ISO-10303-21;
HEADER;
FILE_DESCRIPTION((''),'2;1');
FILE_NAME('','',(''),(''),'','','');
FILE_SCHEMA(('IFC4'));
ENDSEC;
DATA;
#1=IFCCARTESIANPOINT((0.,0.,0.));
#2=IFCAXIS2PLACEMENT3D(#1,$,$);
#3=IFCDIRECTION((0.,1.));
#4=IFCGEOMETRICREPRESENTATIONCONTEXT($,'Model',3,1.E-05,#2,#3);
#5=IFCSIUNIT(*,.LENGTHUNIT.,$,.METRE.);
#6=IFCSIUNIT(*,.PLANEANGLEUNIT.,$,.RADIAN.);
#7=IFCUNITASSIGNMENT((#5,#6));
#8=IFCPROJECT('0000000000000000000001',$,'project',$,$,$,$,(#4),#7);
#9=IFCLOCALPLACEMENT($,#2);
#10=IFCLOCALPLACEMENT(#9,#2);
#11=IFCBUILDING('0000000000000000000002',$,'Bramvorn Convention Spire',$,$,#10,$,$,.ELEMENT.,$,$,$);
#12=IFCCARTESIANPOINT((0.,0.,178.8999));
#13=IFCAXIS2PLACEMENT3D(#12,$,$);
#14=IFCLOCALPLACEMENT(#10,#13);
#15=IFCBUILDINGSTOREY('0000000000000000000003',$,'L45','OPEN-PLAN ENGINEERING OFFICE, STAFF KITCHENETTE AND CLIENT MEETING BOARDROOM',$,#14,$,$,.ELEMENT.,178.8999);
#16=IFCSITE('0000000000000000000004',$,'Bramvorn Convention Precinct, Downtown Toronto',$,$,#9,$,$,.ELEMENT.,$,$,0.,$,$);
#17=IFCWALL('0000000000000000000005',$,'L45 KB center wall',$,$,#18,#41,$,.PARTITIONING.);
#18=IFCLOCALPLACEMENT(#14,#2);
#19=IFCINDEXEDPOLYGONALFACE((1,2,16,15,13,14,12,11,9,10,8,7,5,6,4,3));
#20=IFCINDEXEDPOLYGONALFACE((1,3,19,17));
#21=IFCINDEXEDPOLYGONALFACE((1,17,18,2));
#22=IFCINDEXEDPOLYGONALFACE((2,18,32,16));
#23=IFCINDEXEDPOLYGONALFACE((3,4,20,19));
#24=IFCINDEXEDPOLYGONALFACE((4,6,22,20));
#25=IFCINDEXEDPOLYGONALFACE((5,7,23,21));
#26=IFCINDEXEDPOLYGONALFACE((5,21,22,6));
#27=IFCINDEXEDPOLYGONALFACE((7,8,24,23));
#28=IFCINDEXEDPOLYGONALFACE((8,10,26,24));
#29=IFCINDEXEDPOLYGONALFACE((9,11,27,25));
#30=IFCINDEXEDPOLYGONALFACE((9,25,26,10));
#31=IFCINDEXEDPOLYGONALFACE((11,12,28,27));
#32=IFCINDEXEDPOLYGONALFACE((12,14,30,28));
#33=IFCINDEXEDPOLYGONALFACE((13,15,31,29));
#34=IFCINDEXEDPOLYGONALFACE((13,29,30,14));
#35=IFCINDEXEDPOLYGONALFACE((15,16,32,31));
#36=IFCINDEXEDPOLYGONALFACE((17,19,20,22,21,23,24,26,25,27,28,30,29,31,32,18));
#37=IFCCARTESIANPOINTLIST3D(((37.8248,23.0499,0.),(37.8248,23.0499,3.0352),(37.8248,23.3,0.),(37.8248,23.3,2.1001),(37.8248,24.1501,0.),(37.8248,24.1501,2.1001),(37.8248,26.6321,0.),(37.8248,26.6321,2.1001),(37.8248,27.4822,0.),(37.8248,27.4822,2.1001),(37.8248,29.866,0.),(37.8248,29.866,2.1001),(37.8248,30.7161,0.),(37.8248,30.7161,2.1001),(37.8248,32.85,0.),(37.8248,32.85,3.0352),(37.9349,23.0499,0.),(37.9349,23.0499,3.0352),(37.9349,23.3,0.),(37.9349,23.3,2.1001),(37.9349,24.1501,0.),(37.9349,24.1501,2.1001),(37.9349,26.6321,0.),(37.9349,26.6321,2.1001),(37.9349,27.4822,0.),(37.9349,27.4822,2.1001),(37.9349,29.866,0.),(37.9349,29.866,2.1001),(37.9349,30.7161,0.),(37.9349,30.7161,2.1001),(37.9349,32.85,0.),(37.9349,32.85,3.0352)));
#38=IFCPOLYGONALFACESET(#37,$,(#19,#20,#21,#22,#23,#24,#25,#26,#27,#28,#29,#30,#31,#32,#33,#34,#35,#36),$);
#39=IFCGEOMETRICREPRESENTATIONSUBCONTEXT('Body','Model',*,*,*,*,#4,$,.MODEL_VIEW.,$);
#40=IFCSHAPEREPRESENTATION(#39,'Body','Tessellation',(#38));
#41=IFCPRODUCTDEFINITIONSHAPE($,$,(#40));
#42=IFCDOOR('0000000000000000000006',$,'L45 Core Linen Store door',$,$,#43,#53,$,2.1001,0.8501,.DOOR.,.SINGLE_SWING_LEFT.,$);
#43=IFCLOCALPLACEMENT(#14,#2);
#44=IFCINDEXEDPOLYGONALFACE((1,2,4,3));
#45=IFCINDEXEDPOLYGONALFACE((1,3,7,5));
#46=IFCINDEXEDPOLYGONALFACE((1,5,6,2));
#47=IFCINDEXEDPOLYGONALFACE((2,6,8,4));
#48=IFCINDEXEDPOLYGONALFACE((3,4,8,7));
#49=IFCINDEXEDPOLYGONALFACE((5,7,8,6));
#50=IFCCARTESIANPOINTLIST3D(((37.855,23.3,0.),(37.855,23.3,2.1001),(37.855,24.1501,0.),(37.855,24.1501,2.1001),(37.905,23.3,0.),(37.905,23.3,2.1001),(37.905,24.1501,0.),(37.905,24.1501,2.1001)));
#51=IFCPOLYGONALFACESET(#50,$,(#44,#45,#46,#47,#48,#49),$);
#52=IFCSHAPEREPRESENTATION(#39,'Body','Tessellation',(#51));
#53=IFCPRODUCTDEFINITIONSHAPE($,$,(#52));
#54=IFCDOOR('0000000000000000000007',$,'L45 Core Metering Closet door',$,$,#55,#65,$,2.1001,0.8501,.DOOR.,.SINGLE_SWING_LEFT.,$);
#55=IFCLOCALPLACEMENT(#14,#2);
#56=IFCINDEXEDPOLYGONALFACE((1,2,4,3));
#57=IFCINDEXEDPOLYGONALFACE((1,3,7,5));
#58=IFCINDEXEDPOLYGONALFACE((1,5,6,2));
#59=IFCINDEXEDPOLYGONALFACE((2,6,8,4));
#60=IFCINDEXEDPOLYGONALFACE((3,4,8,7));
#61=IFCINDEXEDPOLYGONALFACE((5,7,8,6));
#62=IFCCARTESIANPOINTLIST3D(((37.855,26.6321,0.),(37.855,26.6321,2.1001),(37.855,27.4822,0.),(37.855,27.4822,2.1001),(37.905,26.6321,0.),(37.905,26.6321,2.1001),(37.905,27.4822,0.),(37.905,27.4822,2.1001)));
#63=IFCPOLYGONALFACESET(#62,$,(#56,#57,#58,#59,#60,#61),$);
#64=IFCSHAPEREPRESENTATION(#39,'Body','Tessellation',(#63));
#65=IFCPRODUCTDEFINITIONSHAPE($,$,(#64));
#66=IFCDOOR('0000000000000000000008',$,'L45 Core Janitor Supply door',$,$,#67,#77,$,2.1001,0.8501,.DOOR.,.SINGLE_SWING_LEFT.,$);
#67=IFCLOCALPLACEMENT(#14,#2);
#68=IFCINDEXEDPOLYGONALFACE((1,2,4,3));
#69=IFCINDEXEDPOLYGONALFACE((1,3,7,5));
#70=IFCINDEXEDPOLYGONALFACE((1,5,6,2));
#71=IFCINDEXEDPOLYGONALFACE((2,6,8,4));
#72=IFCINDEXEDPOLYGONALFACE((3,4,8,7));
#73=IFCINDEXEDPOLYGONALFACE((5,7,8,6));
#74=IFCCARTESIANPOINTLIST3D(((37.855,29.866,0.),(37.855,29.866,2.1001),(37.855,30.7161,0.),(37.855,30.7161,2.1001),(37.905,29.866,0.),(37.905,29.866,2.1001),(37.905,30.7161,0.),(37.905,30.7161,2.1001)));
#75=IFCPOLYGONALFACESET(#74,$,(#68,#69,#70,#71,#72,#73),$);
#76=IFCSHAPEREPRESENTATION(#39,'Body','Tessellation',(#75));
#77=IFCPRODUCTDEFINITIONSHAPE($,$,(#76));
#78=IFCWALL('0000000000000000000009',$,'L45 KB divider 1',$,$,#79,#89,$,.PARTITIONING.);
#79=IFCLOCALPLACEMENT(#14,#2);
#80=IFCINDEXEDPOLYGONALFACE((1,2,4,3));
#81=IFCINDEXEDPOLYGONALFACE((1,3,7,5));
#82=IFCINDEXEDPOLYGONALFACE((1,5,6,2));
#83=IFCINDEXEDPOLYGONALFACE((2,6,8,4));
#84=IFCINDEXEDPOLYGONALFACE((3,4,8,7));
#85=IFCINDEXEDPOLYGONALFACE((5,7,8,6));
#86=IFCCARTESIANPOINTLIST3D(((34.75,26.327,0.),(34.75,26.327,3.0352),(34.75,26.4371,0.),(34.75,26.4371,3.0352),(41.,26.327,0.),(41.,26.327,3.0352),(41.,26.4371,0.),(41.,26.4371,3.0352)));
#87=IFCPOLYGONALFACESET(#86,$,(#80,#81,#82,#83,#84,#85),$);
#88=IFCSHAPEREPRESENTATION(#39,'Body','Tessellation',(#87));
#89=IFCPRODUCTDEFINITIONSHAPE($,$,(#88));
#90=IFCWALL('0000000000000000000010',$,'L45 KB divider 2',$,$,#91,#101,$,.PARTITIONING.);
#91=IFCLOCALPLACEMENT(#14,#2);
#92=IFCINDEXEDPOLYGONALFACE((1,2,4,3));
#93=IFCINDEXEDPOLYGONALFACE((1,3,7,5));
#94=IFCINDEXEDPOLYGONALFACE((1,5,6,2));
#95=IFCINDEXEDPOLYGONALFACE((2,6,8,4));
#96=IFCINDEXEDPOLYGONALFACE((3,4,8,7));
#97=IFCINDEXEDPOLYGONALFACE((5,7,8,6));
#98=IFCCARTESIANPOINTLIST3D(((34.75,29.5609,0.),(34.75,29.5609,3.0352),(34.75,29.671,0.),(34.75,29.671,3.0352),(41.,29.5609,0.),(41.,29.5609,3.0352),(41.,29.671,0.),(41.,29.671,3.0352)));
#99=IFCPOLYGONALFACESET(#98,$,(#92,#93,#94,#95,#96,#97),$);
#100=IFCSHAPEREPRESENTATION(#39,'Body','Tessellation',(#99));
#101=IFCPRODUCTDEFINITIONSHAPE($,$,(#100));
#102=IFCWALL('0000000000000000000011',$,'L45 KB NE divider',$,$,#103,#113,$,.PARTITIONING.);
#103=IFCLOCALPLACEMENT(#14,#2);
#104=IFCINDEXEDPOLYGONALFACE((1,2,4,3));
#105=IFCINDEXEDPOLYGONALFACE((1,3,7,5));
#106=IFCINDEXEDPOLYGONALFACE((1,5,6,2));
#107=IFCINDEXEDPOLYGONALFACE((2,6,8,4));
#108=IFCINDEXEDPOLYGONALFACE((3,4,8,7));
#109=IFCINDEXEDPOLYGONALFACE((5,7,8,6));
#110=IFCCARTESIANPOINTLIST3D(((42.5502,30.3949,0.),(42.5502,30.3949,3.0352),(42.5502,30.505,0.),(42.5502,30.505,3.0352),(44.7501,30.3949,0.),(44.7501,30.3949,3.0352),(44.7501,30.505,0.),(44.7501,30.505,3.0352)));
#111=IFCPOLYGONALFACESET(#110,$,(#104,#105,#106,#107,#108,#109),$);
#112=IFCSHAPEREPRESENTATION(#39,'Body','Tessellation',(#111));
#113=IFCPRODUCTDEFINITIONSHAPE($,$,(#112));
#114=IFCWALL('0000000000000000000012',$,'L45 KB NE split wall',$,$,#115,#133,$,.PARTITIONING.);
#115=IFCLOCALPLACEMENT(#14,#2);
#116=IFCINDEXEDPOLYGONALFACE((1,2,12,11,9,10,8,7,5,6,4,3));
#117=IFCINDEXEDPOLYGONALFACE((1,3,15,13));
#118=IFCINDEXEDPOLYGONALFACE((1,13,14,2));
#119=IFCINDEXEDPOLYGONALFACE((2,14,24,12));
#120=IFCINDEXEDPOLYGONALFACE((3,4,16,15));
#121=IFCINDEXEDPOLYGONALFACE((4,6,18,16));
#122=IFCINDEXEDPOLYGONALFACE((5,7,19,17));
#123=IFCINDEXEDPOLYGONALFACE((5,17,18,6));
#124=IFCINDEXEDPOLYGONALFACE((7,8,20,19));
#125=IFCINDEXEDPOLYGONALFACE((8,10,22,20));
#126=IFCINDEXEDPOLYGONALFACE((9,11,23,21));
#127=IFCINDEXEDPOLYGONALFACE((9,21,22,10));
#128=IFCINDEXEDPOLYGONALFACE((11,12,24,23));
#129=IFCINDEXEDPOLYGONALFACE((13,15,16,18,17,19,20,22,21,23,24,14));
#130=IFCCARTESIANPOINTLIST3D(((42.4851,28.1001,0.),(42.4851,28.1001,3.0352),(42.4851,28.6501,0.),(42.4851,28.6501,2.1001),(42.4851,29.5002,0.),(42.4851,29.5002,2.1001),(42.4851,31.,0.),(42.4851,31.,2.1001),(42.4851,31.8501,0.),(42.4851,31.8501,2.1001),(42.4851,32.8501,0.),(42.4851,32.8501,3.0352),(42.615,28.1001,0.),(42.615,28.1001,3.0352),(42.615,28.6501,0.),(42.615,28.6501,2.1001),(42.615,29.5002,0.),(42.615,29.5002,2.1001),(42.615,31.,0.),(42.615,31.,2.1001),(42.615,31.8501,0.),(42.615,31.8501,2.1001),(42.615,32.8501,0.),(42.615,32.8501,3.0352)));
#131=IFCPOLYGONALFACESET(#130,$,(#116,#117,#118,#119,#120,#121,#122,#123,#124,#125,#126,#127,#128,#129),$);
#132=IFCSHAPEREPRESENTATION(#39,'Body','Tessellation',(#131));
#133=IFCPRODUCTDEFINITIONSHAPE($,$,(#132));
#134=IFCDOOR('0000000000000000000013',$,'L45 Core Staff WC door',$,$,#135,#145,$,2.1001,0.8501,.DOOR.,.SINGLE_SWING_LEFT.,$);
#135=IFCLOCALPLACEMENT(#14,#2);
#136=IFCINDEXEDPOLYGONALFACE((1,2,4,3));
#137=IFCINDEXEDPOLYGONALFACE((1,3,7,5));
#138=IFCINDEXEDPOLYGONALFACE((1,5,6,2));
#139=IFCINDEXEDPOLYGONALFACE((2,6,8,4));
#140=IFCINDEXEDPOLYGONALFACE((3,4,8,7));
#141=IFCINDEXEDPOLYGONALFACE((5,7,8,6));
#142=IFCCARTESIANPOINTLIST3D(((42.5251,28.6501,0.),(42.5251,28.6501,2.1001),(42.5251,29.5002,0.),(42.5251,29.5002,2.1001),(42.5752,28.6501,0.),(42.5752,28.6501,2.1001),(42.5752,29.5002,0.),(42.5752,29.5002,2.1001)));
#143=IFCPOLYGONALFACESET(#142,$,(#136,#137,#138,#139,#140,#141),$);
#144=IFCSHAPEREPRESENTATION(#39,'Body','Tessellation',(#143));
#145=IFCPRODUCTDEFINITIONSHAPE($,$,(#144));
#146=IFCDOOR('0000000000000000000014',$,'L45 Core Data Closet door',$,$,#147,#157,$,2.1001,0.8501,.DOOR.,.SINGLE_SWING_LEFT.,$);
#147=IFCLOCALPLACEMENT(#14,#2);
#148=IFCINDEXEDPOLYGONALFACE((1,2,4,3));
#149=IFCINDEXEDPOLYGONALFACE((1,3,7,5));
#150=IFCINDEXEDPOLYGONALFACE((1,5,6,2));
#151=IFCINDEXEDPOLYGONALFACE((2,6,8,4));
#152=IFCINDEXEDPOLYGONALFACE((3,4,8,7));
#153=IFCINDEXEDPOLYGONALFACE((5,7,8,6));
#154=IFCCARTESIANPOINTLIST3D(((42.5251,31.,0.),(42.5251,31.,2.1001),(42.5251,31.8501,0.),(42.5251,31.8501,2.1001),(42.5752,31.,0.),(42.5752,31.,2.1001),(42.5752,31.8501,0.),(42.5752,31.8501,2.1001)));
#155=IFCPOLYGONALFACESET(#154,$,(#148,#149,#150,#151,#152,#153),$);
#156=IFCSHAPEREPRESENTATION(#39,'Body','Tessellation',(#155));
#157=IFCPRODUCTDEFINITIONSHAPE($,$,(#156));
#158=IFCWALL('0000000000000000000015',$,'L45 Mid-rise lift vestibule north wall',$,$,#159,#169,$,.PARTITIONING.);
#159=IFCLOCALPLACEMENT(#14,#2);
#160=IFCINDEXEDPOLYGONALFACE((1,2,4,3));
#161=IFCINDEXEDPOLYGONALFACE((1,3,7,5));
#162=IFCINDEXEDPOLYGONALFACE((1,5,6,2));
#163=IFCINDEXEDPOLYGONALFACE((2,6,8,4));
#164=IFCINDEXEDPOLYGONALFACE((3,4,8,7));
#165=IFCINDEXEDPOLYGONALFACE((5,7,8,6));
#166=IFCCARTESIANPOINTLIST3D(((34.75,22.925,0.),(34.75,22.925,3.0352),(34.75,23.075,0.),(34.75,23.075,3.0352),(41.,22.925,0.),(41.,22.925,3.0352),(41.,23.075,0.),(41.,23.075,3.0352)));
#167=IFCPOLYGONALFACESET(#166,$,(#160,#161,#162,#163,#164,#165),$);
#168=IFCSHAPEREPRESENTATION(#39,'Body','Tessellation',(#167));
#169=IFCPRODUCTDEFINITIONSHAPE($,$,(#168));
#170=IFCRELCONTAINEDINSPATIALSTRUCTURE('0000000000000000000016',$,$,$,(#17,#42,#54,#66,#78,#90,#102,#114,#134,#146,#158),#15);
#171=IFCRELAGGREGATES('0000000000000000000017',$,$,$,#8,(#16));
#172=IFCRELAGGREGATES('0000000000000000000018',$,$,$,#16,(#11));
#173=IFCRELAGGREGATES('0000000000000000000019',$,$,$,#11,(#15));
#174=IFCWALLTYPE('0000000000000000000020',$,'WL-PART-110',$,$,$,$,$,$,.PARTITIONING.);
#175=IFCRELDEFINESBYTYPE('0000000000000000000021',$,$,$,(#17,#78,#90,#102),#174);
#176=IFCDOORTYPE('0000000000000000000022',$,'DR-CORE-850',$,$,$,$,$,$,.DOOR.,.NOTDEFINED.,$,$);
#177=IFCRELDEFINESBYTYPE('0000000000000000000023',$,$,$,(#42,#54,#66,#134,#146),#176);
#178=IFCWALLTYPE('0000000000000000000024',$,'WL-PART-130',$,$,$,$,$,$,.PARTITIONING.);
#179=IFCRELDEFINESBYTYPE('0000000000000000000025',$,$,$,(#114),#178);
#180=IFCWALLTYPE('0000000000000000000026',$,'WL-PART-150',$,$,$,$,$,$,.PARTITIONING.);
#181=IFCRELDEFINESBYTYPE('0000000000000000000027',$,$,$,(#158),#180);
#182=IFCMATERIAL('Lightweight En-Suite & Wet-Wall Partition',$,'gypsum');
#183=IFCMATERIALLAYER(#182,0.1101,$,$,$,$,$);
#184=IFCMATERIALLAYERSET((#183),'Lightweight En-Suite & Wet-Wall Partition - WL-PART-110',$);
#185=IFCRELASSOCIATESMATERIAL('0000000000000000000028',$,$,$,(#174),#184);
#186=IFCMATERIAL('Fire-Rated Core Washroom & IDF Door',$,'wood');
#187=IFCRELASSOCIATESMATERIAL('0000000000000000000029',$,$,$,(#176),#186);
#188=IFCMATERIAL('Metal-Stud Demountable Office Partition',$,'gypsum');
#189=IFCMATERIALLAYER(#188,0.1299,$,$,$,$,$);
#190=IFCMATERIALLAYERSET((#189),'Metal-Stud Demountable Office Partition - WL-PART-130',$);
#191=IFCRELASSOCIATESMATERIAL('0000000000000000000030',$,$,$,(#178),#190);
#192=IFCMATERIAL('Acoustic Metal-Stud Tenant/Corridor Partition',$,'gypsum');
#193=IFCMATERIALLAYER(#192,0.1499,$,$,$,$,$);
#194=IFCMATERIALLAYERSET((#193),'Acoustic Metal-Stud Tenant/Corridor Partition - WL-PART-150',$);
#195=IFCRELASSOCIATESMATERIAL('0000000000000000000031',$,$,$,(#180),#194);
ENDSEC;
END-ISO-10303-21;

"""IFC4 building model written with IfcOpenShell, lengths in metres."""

from ifc_helpers import new_model, si_unit, direction, frame, frame_2d, origin, place, context, subcontext, project, spatial, rectangle, extrude, material, layer, layer_set, type_object, element, fill, save


model = new_model("IFC4")

# Units and contexts
model_context = context("Model", 3, precision=1e-05, world=origin(), true_north=direction((0.0, 1.0)))
body_context = subcontext(model_context, "Body", "Model", "MODEL_VIEW")
ifc_project = project(units=[si_unit("LENGTHUNIT", "METRE"), si_unit("PLANEANGLEUNIT", "RADIAN")], contexts=[model_context])

# Site, building, storey
site_placement = place(None, origin())
site = spatial("IfcSite", under=ifc_project, at=site_placement, Name="Bramvorn Convention Precinct, Downtown Toronto", CompositionType="ELEMENT", RefElevation=0.0)
building_placement = place(site_placement, origin())
building = spatial("IfcBuilding", under=site, at=building_placement, Name="Bramvorn Convention Spire", CompositionType="ELEMENT")
storey_placement = place(building_placement, frame((0.0, 0.0, 178.8999)))
storey = spatial("IfcBuildingStorey", under=building, at=storey_placement, Name="L45", Description="OPEN-PLAN ENGINEERING OFFICE, STAFF KITCHENETTE AND CLIENT MEETING BOARDROOM", CompositionType="ELEMENT", Elevation=178.8999)

# Wall, openings, doors
ifc_material_1 = material(Name="Lightweight En-Suite & Wet-Wall Partition", Category="gypsum")
ifc_layer_1 = layer(ifc_material_1, 0.1101)
ifc_layer_set_1 = layer_set([ifc_layer_1], Name="Lightweight En-Suite & Wet-Wall Partition - WL-PART-110")
wall_type_1 = type_object("IfcWallType", Name="WL-PART-110", PredefinedType="PARTITIONING", material=ifc_layer_set_1)
wall_1_placement = place(storey_placement, frame((37.8799, 23.05, 0.0), z_axis=(0.0, 0.0, 1.0), x_axis=(0.0, 1.0, 0.0)))
wall_1 = element("IfcWall", 1, at=wall_1_placement, inside=storey, type_object=wall_type_1, Name="L45 KB center wall", PredefinedType="PARTITIONING", context=body_context, shape_type="SweptSolid", body=[
    extrude(rectangle(XDim=9.8, YDim=0.1101, at=frame_2d((4.8999, 0.0))), origin(), (0.0, 0.0, 1.0), 3.0352),
])
opening_1_placement = place(wall_1_placement, frame((0.25, 0.0, 0.0)))
opening_1 = element("IfcOpeningElement", 2, at=opening_1_placement, cuts=wall_1, PredefinedType="OPENING", context=body_context, shape_type="SweptSolid", body=[
    extrude(rectangle(XDim=0.8501, YDim=2.1001, at=frame_2d((0.425, 1.05))), frame((0.0, 0.0649, 0.0), z_axis=(0.0, -1.0, 0.0), x_axis=(1.0, 0.0, 0.0)), (0.0, 0.0, 1.0), 0.1301),
])
opening_2_placement = place(wall_1_placement, frame((3.582, 0.0, 0.0)))
opening_2 = element("IfcOpeningElement", 3, at=opening_2_placement, cuts=wall_1, PredefinedType="OPENING", context=body_context, shape_type="SweptSolid", body=[
    extrude(rectangle(XDim=0.8501, YDim=2.1001, at=frame_2d((0.425, 1.05))), frame((0.0, 0.0649, 0.0), z_axis=(0.0, -1.0, 0.0), x_axis=(1.0, 0.0, 0.0)), (0.0, 0.0, 1.0), 0.1301),
])
opening_3_placement = place(wall_1_placement, frame((6.8159, 0.0, 0.0)))
opening_3 = element("IfcOpeningElement", 4, at=opening_3_placement, cuts=wall_1, PredefinedType="OPENING", context=body_context, shape_type="SweptSolid", body=[
    extrude(rectangle(XDim=0.8501, YDim=2.1001, at=frame_2d((0.425, 1.05))), frame((0.0, 0.0649, 0.0), z_axis=(0.0, -1.0, 0.0), x_axis=(1.0, 0.0, 0.0)), (0.0, 0.0, 1.0), 0.1301),
])
ifc_material_2 = material(Name="Fire-Rated Core Washroom & IDF Door", Category="wood")
door_type_1 = type_object("IfcDoorType", Name="DR-CORE-850", OperationType="NOTDEFINED", PredefinedType="DOOR", material=ifc_material_2)
door_1_placement = place(opening_1_placement, origin())
door_1 = element("IfcDoor", 5, at=door_1_placement, inside=storey, type_object=door_type_1, Name="L45 Core Linen Store door", OperationType="SINGLE_SWING_LEFT", OverallHeight=2.1001, OverallWidth=0.8501, PredefinedType="DOOR", context=body_context, shape_type="SweptSolid", body=[
    extrude(rectangle(XDim=0.8501, YDim=2.1001, at=frame_2d((0.425, 1.05))), frame((0.0, 0.0249, 0.0), z_axis=(0.0, -1.0, 0.0), x_axis=(1.0, 0.0, 0.0)), (0.0, 0.0, 1.0), 0.05),
])
fill(opening_1, door_1)
door_2_placement = place(opening_2_placement, origin())
door_2 = element("IfcDoor", 6, at=door_2_placement, inside=storey, type_object=door_type_1, Name="L45 Core Metering Closet door", OperationType="SINGLE_SWING_LEFT", OverallHeight=2.1001, OverallWidth=0.8501, PredefinedType="DOOR", context=body_context, shape_type="SweptSolid", body=[
    extrude(rectangle(XDim=0.8501, YDim=2.1001, at=frame_2d((0.425, 1.05))), frame((0.0, 0.0249, 0.0), z_axis=(0.0, -1.0, 0.0), x_axis=(1.0, 0.0, 0.0)), (0.0, 0.0, 1.0), 0.05),
])
fill(opening_2, door_2)
door_3_placement = place(opening_3_placement, origin())
door_3 = element("IfcDoor", 7, at=door_3_placement, inside=storey, type_object=door_type_1, Name="L45 Core Janitor Supply door", OperationType="SINGLE_SWING_LEFT", OverallHeight=2.1001, OverallWidth=0.8501, PredefinedType="DOOR", context=body_context, shape_type="SweptSolid", body=[
    extrude(rectangle(XDim=0.8501, YDim=2.1001, at=frame_2d((0.425, 1.05))), frame((0.0, 0.0249, 0.0), z_axis=(0.0, -1.0, 0.0), x_axis=(1.0, 0.0, 0.0)), (0.0, 0.0, 1.0), 0.05),
])
fill(opening_3, door_3)

# Walls
for number, where, z_axis, x_axis, name in (
    (8, (34.75, 26.3821, 0.0), (0.0, 0.0, 1.0), (1.0, 0.0, 0.0), "L45 KB divider 1"),
    (9, (34.75, 29.616, 0.0), (0.0, 0.0, 1.0), (1.0, 0.0, 0.0), "L45 KB divider 2"),
):
    element("IfcWall", number, at=place(storey_placement, frame(where, z_axis=z_axis, x_axis=x_axis)), inside=storey, type_object=wall_type_1, Name=name, PredefinedType="PARTITIONING", context=body_context, shape_type="SweptSolid", body=[
        extrude(rectangle(XDim=6.25, YDim=0.1101, at=frame_2d((3.125, 0.0))), origin(), (0.0, 0.0, 1.0), 3.0352),
    ])
wall_2_placement = place(storey_placement, frame((42.55, 30.45, 0.0), z_axis=(0.0, 0.0, 1.0), x_axis=(1.0, 0.0, 0.0)))
element("IfcWall", 10, at=wall_2_placement, inside=storey, type_object=wall_type_1, Name="L45 KB NE divider", PredefinedType="PARTITIONING", context=body_context, shape_type="SweptSolid", body=[
    extrude(rectangle(XDim=2.2, YDim=0.1101, at=frame_2d((1.1001, 0.0))), origin(), (0.0, 0.0, 1.0), 3.0352),
])

# Wall, openings, doors
ifc_material_3 = material(Name="Metal-Stud Demountable Office Partition", Category="gypsum")
ifc_layer_2 = layer(ifc_material_3, 0.1299)
ifc_layer_set_2 = layer_set([ifc_layer_2], Name="Metal-Stud Demountable Office Partition - WL-PART-130")
wall_type_2 = type_object("IfcWallType", Name="WL-PART-130", PredefinedType="PARTITIONING", material=ifc_layer_set_2)
wall_3_placement = place(storey_placement, frame((42.55, 28.1001, 0.0), z_axis=(0.0, 0.0, 1.0), x_axis=(0.0, 1.0, 0.0)))
wall_3 = element("IfcWall", 11, at=wall_3_placement, inside=storey, type_object=wall_type_2, Name="L45 KB NE split wall", PredefinedType="PARTITIONING", context=body_context, shape_type="SweptSolid", body=[
    extrude(rectangle(XDim=4.75, YDim=0.1299, at=frame_2d((2.375, 0.0))), origin(), (0.0, 0.0, 1.0), 3.0352),
])
opening_4_placement = place(wall_3_placement, frame((0.55, 0.0, 0.0)))
opening_4 = element("IfcOpeningElement", 12, at=opening_4_placement, cuts=wall_3, PredefinedType="OPENING", context=body_context, shape_type="SweptSolid", body=[
    extrude(rectangle(XDim=0.8501, YDim=2.1001, at=frame_2d((0.425, 1.05))), frame((0.0, 0.075, 0.0), z_axis=(0.0, -1.0, 0.0), x_axis=(1.0, 0.0, 0.0)), (0.0, 0.0, 1.0), 0.1499),
])
opening_5_placement = place(wall_3_placement, frame((2.8999, 0.0, 0.0)))
opening_5 = element("IfcOpeningElement", 13, at=opening_5_placement, cuts=wall_3, PredefinedType="OPENING", context=body_context, shape_type="SweptSolid", body=[
    extrude(rectangle(XDim=0.8501, YDim=2.1001, at=frame_2d((0.425, 1.05))), frame((0.0, 0.075, 0.0), z_axis=(0.0, -1.0, 0.0), x_axis=(1.0, 0.0, 0.0)), (0.0, 0.0, 1.0), 0.1499),
])
door_4_placement = place(opening_4_placement, origin())
door_4 = element("IfcDoor", 14, at=door_4_placement, inside=storey, type_object=door_type_1, Name="L45 Core Staff WC door", OperationType="SINGLE_SWING_LEFT", OverallHeight=2.1001, OverallWidth=0.8501, PredefinedType="DOOR", context=body_context, shape_type="SweptSolid", body=[
    extrude(rectangle(XDim=0.8501, YDim=2.1001, at=frame_2d((0.425, 1.05))), frame((0.0, 0.0249, 0.0), z_axis=(0.0, -1.0, 0.0), x_axis=(1.0, 0.0, 0.0)), (0.0, 0.0, 1.0), 0.05),
])
fill(opening_4, door_4)
door_5_placement = place(opening_5_placement, origin())
door_5 = element("IfcDoor", 15, at=door_5_placement, inside=storey, type_object=door_type_1, Name="L45 Core Data Closet door", OperationType="SINGLE_SWING_LEFT", OverallHeight=2.1001, OverallWidth=0.8501, PredefinedType="DOOR", context=body_context, shape_type="SweptSolid", body=[
    extrude(rectangle(XDim=0.8501, YDim=2.1001, at=frame_2d((0.425, 1.05))), frame((0.0, 0.0249, 0.0), z_axis=(0.0, -1.0, 0.0), x_axis=(1.0, 0.0, 0.0)), (0.0, 0.0, 1.0), 0.05),
])
fill(opening_5, door_5)

# Wall
ifc_material_4 = material(Name="Acoustic Metal-Stud Tenant/Corridor Partition", Category="gypsum")
ifc_layer_3 = layer(ifc_material_4, 0.1499)
ifc_layer_set_3 = layer_set([ifc_layer_3], Name="Acoustic Metal-Stud Tenant/Corridor Partition - WL-PART-150")
wall_type_3 = type_object("IfcWallType", Name="WL-PART-150", PredefinedType="PARTITIONING", material=ifc_layer_set_3)
wall_4_placement = place(storey_placement, frame((34.75, 23.0, 0.0), z_axis=(0.0, 0.0, 1.0), x_axis=(1.0, 0.0, 0.0)))
element("IfcWall", 16, at=wall_4_placement, inside=storey, type_object=wall_type_3, Name="L45 Mid-rise lift vestibule north wall", PredefinedType="PARTITIONING", context=body_context, shape_type="SweptSolid", body=[
    extrude(rectangle(XDim=6.25, YDim=0.1499, at=frame_2d((3.125, 0.0))), origin(), (0.0, 0.0, 1.0), 3.0352),
])

save(model, "model.ifc")
